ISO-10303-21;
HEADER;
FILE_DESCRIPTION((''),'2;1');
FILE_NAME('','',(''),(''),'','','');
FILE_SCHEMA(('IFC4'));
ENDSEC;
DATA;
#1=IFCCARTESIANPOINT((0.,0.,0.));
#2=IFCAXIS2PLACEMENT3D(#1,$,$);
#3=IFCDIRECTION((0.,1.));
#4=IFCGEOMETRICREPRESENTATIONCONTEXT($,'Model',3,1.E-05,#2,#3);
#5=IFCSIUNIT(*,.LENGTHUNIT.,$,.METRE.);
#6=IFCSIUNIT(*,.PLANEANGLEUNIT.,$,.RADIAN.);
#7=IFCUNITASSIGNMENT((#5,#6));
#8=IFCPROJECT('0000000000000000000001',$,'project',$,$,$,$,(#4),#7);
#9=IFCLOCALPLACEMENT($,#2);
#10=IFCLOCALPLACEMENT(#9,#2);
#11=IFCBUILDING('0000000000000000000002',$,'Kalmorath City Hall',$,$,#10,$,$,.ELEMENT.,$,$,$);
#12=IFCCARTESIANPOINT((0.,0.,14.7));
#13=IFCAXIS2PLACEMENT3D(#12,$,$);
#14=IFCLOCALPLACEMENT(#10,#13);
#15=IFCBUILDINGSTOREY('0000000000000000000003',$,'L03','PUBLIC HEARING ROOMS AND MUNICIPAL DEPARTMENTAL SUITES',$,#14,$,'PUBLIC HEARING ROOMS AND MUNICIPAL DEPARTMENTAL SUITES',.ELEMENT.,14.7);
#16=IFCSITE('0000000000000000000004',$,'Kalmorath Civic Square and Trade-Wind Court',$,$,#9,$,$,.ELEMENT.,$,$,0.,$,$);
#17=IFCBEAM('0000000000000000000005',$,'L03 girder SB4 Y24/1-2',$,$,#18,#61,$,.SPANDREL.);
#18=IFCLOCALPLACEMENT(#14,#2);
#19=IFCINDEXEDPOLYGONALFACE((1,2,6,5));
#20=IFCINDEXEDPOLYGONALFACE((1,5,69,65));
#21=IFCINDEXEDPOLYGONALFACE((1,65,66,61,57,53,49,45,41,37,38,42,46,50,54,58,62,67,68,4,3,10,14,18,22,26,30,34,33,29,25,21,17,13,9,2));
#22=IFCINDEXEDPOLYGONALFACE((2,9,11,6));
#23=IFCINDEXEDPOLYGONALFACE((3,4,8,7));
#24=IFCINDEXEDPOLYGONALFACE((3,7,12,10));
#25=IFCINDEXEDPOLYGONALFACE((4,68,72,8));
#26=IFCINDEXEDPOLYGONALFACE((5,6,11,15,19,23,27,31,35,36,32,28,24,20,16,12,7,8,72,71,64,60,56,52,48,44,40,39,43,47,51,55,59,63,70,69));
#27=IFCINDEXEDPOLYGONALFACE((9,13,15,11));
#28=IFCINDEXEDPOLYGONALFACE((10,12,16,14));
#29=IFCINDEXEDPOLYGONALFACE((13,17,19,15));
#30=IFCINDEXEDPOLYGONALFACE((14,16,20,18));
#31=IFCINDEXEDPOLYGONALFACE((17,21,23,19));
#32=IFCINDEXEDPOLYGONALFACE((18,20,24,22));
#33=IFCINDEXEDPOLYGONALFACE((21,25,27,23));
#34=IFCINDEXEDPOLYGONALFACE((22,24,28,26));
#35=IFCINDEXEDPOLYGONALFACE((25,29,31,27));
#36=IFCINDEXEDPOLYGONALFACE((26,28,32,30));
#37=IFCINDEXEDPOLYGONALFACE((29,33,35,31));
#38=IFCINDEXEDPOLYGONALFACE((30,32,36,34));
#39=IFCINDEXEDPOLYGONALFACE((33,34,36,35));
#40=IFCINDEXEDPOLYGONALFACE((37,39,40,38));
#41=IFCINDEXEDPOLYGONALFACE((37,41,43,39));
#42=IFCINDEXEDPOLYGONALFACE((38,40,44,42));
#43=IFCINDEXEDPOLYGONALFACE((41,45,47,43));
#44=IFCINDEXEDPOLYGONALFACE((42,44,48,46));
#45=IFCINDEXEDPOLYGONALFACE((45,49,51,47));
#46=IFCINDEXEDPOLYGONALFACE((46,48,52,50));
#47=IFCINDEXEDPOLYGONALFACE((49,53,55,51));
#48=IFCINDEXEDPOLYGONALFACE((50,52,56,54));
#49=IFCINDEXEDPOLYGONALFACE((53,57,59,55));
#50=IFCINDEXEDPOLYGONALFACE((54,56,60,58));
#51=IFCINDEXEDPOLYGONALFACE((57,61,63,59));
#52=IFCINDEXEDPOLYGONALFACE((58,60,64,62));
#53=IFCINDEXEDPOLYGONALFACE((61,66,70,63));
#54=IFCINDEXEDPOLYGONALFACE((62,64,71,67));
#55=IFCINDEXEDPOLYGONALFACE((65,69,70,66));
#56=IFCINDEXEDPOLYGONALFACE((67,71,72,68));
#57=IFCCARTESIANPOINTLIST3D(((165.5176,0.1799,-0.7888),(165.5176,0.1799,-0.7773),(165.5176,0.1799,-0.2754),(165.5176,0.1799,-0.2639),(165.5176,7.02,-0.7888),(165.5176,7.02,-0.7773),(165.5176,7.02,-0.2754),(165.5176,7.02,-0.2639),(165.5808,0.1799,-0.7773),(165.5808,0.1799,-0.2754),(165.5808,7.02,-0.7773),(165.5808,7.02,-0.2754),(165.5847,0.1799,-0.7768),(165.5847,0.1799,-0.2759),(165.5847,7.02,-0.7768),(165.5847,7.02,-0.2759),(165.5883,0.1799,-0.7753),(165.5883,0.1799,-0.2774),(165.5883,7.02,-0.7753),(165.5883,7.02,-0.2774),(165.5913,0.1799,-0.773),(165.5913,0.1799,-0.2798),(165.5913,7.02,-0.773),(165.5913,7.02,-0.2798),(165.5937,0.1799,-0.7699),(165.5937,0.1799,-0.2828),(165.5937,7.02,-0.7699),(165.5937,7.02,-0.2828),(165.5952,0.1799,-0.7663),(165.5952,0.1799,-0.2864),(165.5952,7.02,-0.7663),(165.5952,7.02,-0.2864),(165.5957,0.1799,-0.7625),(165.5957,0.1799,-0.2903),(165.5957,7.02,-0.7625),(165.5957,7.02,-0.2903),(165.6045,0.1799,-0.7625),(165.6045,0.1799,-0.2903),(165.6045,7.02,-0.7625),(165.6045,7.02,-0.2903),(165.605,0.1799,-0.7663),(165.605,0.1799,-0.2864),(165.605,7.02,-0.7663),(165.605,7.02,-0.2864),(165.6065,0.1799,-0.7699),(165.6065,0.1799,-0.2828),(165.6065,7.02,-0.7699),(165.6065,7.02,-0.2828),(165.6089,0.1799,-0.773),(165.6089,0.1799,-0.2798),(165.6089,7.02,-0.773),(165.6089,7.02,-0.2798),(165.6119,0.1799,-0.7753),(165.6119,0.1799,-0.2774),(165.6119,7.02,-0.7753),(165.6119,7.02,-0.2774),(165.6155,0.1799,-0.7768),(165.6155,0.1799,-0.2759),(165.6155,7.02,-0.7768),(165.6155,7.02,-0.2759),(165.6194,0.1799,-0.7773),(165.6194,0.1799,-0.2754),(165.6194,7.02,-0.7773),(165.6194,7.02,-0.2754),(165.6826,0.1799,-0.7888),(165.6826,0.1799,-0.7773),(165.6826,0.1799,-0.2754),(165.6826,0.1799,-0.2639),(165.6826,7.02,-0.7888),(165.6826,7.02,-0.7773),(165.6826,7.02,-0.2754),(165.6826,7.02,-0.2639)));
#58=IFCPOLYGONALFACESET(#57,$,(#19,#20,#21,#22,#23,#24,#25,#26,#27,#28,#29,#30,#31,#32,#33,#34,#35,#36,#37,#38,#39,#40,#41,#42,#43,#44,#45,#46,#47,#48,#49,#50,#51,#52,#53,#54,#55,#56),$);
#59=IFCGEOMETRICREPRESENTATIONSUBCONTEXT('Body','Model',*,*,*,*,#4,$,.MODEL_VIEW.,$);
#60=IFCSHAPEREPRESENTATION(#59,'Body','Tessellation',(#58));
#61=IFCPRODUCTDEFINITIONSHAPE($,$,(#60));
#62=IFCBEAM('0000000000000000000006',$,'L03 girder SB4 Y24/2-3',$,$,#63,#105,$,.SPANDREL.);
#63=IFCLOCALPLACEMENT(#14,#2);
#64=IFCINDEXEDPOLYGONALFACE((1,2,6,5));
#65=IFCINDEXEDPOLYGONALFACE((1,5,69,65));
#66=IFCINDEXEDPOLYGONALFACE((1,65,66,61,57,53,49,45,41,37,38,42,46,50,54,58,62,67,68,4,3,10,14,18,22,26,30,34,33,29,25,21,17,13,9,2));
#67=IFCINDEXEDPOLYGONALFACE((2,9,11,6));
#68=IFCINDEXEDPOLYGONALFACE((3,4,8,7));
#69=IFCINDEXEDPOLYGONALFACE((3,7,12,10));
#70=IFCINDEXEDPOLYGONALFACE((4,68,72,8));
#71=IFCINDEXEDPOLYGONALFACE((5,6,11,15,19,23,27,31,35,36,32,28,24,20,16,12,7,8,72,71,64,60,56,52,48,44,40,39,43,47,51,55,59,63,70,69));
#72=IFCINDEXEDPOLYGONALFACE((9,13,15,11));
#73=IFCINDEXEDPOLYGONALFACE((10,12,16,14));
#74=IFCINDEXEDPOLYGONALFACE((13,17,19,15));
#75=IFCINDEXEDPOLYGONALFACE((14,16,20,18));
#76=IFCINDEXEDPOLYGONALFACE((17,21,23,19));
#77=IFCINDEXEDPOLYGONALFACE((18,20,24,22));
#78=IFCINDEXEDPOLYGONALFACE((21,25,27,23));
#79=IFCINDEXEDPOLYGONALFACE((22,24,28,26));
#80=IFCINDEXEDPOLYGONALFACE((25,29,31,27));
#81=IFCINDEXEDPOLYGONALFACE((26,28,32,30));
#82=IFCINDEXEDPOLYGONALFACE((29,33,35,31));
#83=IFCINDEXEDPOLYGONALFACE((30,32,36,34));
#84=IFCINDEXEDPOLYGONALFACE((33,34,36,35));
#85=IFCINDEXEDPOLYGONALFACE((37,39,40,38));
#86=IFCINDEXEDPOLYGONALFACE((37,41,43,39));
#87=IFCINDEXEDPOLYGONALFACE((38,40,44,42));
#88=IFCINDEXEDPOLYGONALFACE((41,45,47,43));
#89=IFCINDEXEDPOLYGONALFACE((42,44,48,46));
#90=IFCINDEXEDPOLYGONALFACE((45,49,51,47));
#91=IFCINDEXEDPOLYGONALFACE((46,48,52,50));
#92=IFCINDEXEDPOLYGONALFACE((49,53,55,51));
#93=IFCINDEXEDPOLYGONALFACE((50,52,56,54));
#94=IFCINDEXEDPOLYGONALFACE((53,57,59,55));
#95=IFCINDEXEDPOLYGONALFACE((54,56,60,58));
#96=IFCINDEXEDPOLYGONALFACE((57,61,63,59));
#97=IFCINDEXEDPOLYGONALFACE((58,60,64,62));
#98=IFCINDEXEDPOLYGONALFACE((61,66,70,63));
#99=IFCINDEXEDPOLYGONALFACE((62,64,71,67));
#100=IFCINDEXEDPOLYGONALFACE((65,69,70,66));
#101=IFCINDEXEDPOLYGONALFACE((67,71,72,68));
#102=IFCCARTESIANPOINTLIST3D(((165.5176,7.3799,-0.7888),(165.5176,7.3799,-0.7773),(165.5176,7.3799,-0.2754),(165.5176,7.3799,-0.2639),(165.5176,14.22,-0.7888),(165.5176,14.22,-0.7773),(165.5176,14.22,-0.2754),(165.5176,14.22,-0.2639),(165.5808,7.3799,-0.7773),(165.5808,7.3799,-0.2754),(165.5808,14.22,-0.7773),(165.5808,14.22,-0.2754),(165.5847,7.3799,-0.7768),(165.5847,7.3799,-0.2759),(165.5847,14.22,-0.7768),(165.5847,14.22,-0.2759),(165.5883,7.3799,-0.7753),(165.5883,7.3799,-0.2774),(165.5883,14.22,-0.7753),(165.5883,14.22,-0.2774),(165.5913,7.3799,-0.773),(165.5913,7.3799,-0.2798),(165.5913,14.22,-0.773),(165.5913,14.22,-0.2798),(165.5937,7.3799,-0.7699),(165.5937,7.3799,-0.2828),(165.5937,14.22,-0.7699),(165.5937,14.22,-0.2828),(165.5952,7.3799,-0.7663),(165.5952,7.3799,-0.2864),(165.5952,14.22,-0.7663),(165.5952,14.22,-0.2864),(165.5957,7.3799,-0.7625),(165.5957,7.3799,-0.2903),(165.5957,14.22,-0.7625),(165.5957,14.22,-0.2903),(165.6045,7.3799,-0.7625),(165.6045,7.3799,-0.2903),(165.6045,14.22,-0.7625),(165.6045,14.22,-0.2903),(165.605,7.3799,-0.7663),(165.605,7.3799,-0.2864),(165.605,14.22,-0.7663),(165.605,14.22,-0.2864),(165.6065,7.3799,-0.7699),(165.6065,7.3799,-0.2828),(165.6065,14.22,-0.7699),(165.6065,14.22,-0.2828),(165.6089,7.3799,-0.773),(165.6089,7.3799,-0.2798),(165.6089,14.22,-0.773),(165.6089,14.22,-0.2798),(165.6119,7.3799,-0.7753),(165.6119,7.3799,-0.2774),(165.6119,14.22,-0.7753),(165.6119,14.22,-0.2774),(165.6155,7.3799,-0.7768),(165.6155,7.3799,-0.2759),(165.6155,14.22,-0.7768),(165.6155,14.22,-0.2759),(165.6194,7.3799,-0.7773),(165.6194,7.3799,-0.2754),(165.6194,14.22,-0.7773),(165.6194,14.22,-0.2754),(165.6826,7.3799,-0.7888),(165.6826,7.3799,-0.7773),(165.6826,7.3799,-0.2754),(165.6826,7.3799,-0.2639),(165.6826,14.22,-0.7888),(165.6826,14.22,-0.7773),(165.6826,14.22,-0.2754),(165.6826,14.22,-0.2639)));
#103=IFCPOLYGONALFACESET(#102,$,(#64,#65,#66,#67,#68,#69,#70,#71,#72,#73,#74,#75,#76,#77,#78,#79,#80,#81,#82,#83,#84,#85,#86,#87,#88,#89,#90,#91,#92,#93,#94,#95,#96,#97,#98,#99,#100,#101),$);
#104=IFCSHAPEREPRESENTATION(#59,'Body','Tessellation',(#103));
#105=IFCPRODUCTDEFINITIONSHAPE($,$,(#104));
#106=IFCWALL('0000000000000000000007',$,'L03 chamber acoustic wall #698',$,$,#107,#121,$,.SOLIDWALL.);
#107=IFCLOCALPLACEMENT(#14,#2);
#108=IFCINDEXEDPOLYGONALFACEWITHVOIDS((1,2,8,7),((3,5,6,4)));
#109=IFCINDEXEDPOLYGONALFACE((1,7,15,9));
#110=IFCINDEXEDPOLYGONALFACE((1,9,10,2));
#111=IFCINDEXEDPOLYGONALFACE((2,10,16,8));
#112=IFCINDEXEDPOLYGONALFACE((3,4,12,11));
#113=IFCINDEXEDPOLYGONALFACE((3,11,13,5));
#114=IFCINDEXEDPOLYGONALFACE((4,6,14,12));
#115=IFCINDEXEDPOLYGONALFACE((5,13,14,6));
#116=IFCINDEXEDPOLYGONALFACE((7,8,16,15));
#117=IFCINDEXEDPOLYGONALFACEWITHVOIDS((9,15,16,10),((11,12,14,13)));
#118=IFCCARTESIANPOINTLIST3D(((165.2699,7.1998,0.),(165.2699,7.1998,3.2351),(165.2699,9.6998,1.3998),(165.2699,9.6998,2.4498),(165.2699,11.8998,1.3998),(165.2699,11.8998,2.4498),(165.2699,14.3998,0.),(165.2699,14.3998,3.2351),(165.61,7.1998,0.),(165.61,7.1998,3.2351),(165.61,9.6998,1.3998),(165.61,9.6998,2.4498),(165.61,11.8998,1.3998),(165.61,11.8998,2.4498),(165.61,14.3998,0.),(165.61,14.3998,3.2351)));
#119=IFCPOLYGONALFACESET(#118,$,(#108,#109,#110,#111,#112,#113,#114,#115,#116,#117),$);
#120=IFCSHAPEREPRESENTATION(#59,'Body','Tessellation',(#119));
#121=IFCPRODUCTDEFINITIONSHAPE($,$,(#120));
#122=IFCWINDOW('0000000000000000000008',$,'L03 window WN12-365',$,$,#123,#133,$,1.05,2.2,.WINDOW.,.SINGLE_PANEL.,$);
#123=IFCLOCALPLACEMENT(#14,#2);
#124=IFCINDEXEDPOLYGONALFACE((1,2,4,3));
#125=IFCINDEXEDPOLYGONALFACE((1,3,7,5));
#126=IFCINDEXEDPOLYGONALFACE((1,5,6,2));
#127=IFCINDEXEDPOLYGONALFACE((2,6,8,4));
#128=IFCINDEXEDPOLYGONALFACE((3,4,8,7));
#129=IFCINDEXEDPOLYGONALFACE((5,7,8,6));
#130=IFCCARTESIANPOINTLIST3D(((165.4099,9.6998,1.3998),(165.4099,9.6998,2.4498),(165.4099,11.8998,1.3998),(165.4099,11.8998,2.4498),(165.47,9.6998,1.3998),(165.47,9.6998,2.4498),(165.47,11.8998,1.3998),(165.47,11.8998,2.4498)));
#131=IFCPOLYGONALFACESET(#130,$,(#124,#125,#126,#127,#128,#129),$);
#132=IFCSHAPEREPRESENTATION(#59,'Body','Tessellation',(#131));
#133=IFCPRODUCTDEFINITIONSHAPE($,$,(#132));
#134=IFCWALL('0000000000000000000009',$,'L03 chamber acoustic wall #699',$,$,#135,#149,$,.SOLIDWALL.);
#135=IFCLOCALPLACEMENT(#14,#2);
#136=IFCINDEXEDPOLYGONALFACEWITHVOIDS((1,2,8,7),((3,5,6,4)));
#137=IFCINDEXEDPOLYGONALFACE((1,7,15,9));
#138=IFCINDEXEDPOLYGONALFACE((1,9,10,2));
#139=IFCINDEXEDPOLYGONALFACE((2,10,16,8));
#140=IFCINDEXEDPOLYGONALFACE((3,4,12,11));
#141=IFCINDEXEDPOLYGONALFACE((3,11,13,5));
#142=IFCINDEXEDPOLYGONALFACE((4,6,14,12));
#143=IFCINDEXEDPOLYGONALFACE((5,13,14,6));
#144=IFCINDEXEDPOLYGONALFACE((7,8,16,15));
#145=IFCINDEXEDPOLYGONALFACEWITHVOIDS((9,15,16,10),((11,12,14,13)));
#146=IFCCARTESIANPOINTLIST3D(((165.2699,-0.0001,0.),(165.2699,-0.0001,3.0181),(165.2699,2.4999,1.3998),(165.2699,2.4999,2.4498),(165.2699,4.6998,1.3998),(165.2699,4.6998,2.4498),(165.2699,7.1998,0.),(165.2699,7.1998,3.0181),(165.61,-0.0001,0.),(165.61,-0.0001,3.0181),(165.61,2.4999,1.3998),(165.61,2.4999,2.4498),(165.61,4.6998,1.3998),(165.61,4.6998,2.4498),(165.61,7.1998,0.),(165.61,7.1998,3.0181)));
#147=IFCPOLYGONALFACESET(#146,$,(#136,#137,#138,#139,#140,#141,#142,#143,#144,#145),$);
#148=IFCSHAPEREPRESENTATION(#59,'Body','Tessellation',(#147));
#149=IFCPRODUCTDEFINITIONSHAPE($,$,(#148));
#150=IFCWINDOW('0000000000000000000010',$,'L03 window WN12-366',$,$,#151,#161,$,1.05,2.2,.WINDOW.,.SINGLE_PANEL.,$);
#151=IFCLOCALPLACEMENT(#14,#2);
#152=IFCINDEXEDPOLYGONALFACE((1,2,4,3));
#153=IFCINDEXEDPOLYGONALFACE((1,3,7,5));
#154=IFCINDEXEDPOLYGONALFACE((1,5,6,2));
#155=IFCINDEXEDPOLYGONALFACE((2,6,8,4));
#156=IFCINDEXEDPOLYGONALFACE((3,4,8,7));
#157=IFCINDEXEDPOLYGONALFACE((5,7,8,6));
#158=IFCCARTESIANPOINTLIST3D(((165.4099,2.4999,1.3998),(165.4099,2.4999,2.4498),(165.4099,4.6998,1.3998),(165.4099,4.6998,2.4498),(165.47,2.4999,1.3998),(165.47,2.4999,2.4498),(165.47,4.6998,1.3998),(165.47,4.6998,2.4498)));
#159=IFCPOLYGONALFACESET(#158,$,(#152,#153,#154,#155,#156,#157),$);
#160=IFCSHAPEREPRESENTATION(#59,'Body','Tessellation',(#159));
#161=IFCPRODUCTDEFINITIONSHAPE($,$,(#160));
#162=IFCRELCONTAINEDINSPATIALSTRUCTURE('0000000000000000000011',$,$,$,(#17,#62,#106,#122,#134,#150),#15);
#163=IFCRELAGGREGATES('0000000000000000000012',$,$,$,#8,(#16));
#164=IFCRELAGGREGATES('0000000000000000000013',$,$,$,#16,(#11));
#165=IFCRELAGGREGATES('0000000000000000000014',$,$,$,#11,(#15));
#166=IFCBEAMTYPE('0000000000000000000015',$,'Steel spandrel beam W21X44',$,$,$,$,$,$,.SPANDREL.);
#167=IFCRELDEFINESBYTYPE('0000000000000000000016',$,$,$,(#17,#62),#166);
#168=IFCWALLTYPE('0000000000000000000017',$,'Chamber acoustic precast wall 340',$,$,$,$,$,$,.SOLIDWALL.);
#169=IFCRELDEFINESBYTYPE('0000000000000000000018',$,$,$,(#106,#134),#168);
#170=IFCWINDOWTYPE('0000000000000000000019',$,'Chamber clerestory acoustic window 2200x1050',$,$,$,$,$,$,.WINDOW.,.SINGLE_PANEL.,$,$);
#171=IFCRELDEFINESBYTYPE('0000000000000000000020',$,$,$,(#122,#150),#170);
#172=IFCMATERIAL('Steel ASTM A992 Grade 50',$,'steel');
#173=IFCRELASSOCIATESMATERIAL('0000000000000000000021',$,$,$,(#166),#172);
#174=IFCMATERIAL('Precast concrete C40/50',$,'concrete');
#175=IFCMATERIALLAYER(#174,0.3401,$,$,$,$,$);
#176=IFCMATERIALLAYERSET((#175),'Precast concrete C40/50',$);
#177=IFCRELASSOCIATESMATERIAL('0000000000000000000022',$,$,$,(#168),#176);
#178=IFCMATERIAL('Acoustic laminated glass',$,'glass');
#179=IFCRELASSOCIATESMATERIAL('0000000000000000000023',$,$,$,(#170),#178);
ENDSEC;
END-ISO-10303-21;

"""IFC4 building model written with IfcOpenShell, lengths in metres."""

from ifc_helpers import new_model, si_unit, direction, frame, frame_2d, origin, origin_2d, place, context, subcontext, project, spatial, rectangle, i_section, extrude, material, layer, layer_set, material_profile, profile_set, type_object, element, fill, save


model = new_model("IFC4")

# Units and contexts
model_context = context("Model", 3, precision=1e-05, world=origin(), true_north=direction((0.0, 1.0)))
body_context = subcontext(model_context, "Body", "Model", "MODEL_VIEW")
ifc_project = project(units=[si_unit("LENGTHUNIT", "METRE"), si_unit("PLANEANGLEUNIT", "RADIAN")], contexts=[model_context])

# Site, building, storey
site_placement = place(None, origin())
site = spatial("IfcSite", under=ifc_project, at=site_placement, Name="Kalmorath Civic Square and Trade-Wind Court", CompositionType="ELEMENT", RefElevation=0.0)
building_placement = place(site_placement, origin())
building = spatial("IfcBuilding", under=site, at=building_placement, Name="Kalmorath City Hall", CompositionType="ELEMENT")
storey_placement = place(building_placement, frame((0.0, 0.0, 14.7)))
storey = spatial("IfcBuildingStorey", under=building, at=storey_placement, Name="L03", Description="PUBLIC HEARING ROOMS AND MUNICIPAL DEPARTMENTAL SUITES", LongName="PUBLIC HEARING ROOMS AND MUNICIPAL DEPARTMENTAL SUITES", CompositionType="ELEMENT", Elevation=14.7)

# Beams
ifc_material_1 = material(Name="Steel ASTM A992 Grade 50", Category="steel")
ifc_material_profile_1 = material_profile(ifc_material_1, i_section(OverallWidth=0.165, OverallDepth=0.5249, WebThickness=0.0088, FlangeThickness=0.0115, FilletRadius=0.0149, at=origin_2d()), Name="W21X44")
ifc_profile_set_1 = profile_set([ifc_material_profile_1], Name="Steel ASTM A992 Grade 50")
beam_type_1 = type_object("IfcBeamType", Name="Steel spandrel beam W21X44", PredefinedType="SPANDREL", material=ifc_profile_set_1)
for number, where, z_axis, x_axis, name in (
    (1, (165.6001, 0.1799, -0.5264), (0.0, 1.0, 0.0), (-1.0, 0.0, 0.0), "L03 girder SB4 Y24/1-2"),
    (2, (165.6001, 7.3799, -0.5264), (0.0, 1.0, 0.0), (-1.0, 0.0, 0.0), "L03 girder SB4 Y24/2-3"),
):
    element("IfcBeam", number, at=place(storey_placement, frame(where, z_axis=z_axis, x_axis=x_axis)), inside=storey, type_object=beam_type_1, Name=name, PredefinedType="SPANDREL", context=body_context, shape_type="SweptSolid", body=[
        extrude(i_section(OverallWidth=0.165, OverallDepth=0.5249, WebThickness=0.0088, FlangeThickness=0.0115, FilletRadius=0.0149, at=origin_2d()), origin(), (0.0, 0.0, 1.0), 6.8401),
    ])

# Walls, openings, windows
ifc_material_2 = material(Name="Precast concrete C40/50", Category="concrete")
ifc_layer_1 = layer(ifc_material_2, 0.3401)
ifc_layer_set_1 = layer_set([ifc_layer_1], Name="Precast concrete C40/50")
wall_type_1 = type_object("IfcWallType", Name="Chamber acoustic precast wall 340", PredefinedType="SOLIDWALL", material=ifc_layer_set_1)
wall_1_placement = place(storey_placement, frame((165.4399, 14.3999, 0.0), z_axis=(0.0, 0.0, 1.0), x_axis=(0.0, -1.0, 0.0)))
wall_1 = element("IfcWall", 3, at=wall_1_placement, inside=storey, type_object=wall_type_1, Name="L03 chamber acoustic wall #698", PredefinedType="SOLIDWALL", context=body_context, shape_type="SweptSolid", body=[
    extrude(rectangle(XDim=7.2, YDim=0.3401, at=frame_2d((3.6001, 0.0))), origin(), (0.0, 0.0, 1.0), 3.2351),
])
opening_1_placement = place(wall_1_placement, frame((2.5, 0.0, 1.3999)))
opening_1 = element("IfcOpeningElement", 4, at=opening_1_placement, cuts=wall_1, PredefinedType="OPENING", context=body_context, shape_type="SweptSolid", body=[
    extrude(rectangle(XDim=2.2, YDim=1.05, at=frame_2d((1.1001, 0.5249))), frame((0.0, 0.1799, 0.0), z_axis=(0.0, -1.0, 0.0), x_axis=(1.0, 0.0, 0.0)), (0.0, 0.0, 1.0), 0.3601),
])
ifc_material_3 = material(Name="Acoustic laminated glass", Category="glass")
window_type = type_object("IfcWindowType", Name="Chamber clerestory acoustic window 2200x1050", PartitioningType="SINGLE_PANEL", PredefinedType="WINDOW", material=ifc_material_3)
window_1_placement = place(opening_1_placement, origin())
window_1 = element("IfcWindow", 5, at=window_1_placement, inside=storey, type_object=window_type, Name="L03 window WN12-365", OverallHeight=1.05, OverallWidth=2.2, PartitioningType="SINGLE_PANEL", PredefinedType="WINDOW", context=body_context, shape_type="SweptSolid", body=[
    extrude(rectangle(XDim=2.2, YDim=1.05, at=frame_2d((1.1001, 0.5249))), frame((0.0, 0.03, 0.0), z_axis=(0.0, -1.0, 0.0), x_axis=(1.0, 0.0, 0.0)), (0.0, 0.0, 1.0), 0.0601),
])
fill(opening_1, window_1)
wall_2_placement = place(storey_placement, frame((165.4399, 7.2, 0.0), z_axis=(0.0, 0.0, 1.0), x_axis=(0.0, -1.0, 0.0)))
wall_2 = element("IfcWall", 6, at=wall_2_placement, inside=storey, type_object=wall_type_1, Name="L03 chamber acoustic wall #699", PredefinedType="SOLIDWALL", context=body_context, shape_type="SweptSolid", body=[
    extrude(rectangle(XDim=7.2, YDim=0.3401, at=frame_2d((3.6001, 0.0))), origin(), (0.0, 0.0, 1.0), 3.0181),
])
opening_2_placement = place(wall_2_placement, frame((2.5, 0.0, 1.3999)))
opening_2 = element("IfcOpeningElement", 7, at=opening_2_placement, cuts=wall_2, PredefinedType="OPENING", context=body_context, shape_type="SweptSolid", body=[
    extrude(rectangle(XDim=2.2, YDim=1.05, at=frame_2d((1.1001, 0.5249))), frame((0.0, 0.1799, 0.0), z_axis=(0.0, -1.0, 0.0), x_axis=(1.0, 0.0, 0.0)), (0.0, 0.0, 1.0), 0.3601),
])
window_2_placement = place(opening_2_placement, origin())
window_2 = element("IfcWindow", 8, at=window_2_placement, inside=storey, type_object=window_type, Name="L03 window WN12-366", OverallHeight=1.05, OverallWidth=2.2, PartitioningType="SINGLE_PANEL", PredefinedType="WINDOW", context=body_context, shape_type="SweptSolid", body=[
    extrude(rectangle(XDim=2.2, YDim=1.05, at=frame_2d((1.1001, 0.5249))), frame((0.0, 0.03, 0.0), z_axis=(0.0, -1.0, 0.0), x_axis=(1.0, 0.0, 0.0)), (0.0, 0.0, 1.0), 0.0601),
])
fill(opening_2, window_2)

save(model, "model.ifc")
